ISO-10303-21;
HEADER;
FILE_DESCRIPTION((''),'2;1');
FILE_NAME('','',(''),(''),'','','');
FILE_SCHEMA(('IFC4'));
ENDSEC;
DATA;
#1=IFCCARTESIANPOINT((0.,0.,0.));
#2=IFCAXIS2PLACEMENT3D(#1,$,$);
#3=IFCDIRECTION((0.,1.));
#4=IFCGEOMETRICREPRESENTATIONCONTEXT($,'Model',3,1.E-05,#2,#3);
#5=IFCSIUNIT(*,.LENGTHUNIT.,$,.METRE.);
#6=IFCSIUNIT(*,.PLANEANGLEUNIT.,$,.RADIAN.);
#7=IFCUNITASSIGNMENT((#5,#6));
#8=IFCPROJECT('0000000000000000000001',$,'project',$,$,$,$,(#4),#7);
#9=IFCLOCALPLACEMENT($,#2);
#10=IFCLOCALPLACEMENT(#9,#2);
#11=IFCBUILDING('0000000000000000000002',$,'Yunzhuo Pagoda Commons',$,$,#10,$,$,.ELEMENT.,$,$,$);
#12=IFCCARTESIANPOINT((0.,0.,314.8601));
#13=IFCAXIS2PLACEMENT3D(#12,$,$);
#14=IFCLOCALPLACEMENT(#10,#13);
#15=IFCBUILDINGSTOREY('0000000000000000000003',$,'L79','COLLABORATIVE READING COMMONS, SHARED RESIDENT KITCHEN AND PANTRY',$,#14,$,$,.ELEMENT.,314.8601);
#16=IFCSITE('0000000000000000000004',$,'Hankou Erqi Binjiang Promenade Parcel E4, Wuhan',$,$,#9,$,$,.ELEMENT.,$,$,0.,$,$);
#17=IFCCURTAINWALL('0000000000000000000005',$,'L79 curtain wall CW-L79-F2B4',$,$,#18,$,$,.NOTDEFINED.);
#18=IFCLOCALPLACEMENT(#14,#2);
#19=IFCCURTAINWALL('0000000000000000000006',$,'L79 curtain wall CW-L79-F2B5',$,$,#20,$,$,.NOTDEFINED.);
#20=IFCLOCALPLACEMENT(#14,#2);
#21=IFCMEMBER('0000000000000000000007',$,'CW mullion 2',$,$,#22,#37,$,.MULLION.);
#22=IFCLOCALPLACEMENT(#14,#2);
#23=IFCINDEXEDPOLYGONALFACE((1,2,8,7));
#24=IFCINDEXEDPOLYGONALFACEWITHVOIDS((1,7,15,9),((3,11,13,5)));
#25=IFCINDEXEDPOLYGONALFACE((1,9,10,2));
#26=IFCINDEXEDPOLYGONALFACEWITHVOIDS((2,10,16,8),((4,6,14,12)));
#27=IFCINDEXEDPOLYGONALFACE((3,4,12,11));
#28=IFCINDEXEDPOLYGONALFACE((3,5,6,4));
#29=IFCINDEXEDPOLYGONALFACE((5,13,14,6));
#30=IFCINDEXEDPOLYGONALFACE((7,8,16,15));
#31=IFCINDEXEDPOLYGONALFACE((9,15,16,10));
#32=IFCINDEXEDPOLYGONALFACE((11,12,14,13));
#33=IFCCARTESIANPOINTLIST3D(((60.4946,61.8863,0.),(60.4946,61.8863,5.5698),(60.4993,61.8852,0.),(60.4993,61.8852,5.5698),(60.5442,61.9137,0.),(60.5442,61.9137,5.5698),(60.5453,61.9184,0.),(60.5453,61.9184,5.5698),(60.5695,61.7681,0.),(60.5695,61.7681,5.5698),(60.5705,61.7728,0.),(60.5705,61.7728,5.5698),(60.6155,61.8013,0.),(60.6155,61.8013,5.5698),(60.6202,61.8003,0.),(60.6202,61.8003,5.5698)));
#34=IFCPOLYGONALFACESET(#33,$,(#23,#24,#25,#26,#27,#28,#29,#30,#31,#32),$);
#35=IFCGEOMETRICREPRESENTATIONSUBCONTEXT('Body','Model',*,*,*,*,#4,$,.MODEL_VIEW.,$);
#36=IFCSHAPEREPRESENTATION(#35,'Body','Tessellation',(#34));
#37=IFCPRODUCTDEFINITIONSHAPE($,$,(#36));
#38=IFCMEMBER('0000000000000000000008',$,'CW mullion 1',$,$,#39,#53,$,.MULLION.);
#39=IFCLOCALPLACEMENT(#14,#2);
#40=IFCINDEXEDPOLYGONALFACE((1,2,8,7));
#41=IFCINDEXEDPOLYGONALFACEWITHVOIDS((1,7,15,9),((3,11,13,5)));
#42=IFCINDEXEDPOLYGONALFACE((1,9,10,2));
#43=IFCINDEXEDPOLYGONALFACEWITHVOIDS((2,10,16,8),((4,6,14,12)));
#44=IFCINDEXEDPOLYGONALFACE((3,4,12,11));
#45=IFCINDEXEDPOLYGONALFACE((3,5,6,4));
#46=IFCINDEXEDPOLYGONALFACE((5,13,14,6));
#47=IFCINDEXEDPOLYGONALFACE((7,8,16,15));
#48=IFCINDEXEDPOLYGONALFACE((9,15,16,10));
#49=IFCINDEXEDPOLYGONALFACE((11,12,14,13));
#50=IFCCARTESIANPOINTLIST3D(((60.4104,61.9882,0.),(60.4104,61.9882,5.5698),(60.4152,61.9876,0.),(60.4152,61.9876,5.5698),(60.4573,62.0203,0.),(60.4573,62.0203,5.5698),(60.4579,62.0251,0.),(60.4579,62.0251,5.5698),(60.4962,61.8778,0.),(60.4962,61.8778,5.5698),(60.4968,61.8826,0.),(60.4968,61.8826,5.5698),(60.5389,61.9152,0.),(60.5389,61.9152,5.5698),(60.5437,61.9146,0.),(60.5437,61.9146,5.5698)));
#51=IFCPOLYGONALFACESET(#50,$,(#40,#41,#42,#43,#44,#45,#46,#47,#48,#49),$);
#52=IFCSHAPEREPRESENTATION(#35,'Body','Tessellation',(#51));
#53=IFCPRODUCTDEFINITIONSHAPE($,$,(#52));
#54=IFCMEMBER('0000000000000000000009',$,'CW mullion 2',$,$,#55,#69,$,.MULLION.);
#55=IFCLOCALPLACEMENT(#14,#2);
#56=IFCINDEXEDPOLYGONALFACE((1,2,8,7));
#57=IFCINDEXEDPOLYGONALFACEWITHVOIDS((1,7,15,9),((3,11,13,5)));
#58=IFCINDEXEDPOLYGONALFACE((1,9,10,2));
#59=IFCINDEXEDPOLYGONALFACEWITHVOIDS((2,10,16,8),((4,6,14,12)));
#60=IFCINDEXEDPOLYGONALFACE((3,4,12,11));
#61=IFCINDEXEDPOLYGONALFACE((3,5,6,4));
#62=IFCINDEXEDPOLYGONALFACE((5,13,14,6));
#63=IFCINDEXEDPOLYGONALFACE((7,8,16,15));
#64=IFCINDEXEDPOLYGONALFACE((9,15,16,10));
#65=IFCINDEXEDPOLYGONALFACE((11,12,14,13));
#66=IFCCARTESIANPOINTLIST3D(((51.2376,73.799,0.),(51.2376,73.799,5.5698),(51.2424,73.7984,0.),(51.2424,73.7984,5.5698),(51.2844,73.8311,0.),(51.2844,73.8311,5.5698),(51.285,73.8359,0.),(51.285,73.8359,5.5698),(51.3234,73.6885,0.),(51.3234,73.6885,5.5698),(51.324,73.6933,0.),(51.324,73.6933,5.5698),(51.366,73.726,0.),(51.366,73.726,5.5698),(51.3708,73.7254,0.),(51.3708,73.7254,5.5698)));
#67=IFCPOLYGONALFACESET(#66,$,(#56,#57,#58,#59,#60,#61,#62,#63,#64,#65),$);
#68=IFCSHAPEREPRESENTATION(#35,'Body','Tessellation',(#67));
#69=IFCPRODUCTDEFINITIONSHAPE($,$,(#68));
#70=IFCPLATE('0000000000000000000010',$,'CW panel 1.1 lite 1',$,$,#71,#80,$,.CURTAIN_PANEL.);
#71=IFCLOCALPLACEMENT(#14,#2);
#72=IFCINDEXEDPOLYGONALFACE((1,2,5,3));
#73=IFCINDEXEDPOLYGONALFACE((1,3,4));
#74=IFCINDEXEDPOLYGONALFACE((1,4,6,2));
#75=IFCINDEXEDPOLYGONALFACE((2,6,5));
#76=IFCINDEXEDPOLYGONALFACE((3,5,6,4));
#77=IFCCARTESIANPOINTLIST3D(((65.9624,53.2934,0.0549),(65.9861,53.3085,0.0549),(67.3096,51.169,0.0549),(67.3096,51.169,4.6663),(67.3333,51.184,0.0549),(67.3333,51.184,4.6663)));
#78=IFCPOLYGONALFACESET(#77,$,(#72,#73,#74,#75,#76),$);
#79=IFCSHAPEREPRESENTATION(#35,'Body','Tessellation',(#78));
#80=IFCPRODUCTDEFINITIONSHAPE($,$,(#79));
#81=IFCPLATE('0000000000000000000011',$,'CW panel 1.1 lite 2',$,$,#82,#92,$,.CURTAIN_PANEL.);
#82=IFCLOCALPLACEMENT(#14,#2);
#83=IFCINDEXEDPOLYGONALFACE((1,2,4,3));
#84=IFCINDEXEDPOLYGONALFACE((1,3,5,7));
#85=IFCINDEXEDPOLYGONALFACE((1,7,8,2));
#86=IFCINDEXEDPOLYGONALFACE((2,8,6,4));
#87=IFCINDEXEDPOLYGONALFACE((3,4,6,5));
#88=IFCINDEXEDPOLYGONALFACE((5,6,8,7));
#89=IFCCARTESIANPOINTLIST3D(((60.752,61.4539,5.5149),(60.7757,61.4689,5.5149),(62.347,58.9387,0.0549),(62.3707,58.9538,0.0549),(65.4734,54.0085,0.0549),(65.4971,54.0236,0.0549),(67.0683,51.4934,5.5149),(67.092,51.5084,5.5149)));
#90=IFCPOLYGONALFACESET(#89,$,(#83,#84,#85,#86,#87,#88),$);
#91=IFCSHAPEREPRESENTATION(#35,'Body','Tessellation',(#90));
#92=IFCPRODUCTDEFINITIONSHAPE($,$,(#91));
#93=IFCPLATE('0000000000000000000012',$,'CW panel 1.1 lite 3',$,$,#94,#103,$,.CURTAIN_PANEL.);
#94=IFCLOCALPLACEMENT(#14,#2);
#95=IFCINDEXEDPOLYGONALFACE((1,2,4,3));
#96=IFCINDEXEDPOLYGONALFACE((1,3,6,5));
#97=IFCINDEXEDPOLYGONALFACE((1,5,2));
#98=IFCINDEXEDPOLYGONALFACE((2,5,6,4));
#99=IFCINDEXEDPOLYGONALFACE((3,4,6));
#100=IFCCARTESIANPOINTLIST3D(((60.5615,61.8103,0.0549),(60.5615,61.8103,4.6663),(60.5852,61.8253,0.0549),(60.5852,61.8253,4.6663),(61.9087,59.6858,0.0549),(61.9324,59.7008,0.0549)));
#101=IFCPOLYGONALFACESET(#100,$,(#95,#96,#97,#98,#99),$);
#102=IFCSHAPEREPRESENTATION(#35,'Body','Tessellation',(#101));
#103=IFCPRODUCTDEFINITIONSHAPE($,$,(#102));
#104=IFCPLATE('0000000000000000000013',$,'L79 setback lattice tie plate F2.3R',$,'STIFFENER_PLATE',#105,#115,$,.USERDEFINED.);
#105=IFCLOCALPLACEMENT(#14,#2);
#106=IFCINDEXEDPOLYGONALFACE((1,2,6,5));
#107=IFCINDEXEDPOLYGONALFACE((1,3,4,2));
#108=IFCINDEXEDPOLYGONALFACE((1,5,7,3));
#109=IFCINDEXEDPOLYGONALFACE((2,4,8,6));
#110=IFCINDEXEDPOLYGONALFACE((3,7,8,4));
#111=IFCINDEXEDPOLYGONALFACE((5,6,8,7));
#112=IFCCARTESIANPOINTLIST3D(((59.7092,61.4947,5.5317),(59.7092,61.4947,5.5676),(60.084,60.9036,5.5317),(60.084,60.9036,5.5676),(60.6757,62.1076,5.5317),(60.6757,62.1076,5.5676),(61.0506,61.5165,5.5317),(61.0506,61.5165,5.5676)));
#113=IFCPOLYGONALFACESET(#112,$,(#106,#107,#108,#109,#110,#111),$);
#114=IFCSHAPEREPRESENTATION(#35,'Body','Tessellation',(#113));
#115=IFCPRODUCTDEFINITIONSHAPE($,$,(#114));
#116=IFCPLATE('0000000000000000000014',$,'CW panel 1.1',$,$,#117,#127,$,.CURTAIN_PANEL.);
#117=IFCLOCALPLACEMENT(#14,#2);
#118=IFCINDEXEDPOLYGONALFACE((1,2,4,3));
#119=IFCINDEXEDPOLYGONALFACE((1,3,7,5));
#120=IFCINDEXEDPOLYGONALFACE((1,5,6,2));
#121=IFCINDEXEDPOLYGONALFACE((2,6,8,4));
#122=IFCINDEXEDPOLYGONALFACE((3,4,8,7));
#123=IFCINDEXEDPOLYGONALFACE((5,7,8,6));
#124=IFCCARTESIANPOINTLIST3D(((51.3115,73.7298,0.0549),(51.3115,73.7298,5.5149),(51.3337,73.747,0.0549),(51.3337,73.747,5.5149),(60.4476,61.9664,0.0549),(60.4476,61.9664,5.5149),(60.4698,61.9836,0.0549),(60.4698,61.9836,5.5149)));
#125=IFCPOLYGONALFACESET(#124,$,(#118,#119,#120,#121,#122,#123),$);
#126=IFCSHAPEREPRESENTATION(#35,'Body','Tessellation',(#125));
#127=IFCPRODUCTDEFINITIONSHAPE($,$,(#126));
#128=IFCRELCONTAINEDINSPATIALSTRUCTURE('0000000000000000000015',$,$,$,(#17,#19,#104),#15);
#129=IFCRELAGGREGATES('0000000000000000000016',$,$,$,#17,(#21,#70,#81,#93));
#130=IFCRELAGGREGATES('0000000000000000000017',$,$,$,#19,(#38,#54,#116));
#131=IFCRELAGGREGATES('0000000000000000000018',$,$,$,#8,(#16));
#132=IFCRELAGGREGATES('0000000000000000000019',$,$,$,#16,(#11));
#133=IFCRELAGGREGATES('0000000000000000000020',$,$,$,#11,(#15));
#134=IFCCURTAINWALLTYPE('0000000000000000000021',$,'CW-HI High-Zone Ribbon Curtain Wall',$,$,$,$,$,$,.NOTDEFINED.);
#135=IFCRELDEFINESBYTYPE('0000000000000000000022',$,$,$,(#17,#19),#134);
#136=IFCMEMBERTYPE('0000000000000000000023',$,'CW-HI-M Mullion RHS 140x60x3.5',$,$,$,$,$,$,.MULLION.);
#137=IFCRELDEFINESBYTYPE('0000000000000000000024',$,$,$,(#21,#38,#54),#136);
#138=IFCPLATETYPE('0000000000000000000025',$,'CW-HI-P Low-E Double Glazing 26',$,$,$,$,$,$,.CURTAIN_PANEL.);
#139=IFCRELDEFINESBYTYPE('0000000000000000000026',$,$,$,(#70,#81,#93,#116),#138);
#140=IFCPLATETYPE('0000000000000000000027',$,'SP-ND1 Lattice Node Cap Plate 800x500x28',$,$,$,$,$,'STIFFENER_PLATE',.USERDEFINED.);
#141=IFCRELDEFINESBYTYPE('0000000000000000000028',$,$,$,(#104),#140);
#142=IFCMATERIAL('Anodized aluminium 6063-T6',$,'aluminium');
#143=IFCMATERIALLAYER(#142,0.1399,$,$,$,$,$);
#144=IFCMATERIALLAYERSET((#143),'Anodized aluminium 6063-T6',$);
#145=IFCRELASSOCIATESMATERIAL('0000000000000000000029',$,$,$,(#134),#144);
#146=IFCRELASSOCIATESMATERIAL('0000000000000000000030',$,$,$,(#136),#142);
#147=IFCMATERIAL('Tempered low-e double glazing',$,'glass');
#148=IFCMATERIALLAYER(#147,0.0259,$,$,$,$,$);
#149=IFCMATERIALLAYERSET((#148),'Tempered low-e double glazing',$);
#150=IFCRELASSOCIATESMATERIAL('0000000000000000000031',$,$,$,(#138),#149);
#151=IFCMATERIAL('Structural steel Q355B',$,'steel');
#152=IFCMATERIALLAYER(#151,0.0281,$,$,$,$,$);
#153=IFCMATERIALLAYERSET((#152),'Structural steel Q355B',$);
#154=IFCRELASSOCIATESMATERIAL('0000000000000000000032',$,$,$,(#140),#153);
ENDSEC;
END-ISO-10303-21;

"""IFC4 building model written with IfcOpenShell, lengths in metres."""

from ifc_helpers import new_model, si_unit, direction, frame, origin, origin_2d, place, context, subcontext, project, spatial, polyline, rectangle, hollow_rectangle, outline, extrude, source, transform, mapped, material, layer, layer_set, material_profile, profile_set, type_object, element, aggregate, save


model = new_model("IFC4")

# Units and contexts
model_context = context("Model", 3, precision=1e-05, world=origin(), true_north=direction((0.0, 1.0)))
body_context = subcontext(model_context, "Body", "Model", "MODEL_VIEW")
ifc_project = project(units=[si_unit("LENGTHUNIT", "METRE"), si_unit("PLANEANGLEUNIT", "RADIAN")], contexts=[model_context])

# Site, building, storey
site_placement = place(None, origin())
site = spatial("IfcSite", under=ifc_project, at=site_placement, Name="Hankou Erqi Binjiang Promenade Parcel E4, Wuhan", CompositionType="ELEMENT", RefElevation=0.0)
building_placement = place(site_placement, origin())
building = spatial("IfcBuilding", under=site, at=building_placement, Name="Yunzhuo Pagoda Commons", CompositionType="ELEMENT")
storey_placement = place(building_placement, frame((0.0, 0.0, 314.8601)))
storey = spatial("IfcBuildingStorey", under=building, at=storey_placement, Name="L79", Description="COLLABORATIVE READING COMMONS, SHARED RESIDENT KITCHEN AND PANTRY", CompositionType="ELEMENT", Elevation=314.8601)

# Shared definitions
ifc_material_1 = material(Name="Structural steel Q355B", Category="steel")

# Curtain wall
ifc_material_2 = material(Name="Anodized aluminium 6063-T6", Category="aluminium")
ifc_layer_1 = layer(ifc_material_2, 0.1399)
ifc_layer_set_1 = layer_set([ifc_layer_1], Name="Anodized aluminium 6063-T6")
curtain_wall_type = type_object("IfcCurtainWallType", Name="CW-HI High-Zone Ribbon Curtain Wall", PredefinedType="NOTDEFINED", material=ifc_layer_set_1)
curtain_wall_1_placement = place(storey_placement, origin())
curtain_wall_1 = element("IfcCurtainWall", 1, at=curtain_wall_1_placement, inside=storey, type_object=curtain_wall_type, Name="L79 curtain wall CW-L79-F2B4", PredefinedType="NOTDEFINED")

# Curtain wall
curtain_wall_2_placement = place(storey_placement, origin())
curtain_wall_2 = element("IfcCurtainWall", 2, at=curtain_wall_2_placement, inside=storey, type_object=curtain_wall_type, Name="L79 curtain wall CW-L79-F2B5", PredefinedType="NOTDEFINED")

# Members
ifc_material_profile_1 = material_profile(ifc_material_2, hollow_rectangle(XDim=0.0601, YDim=0.1399, WallThickness=0.0034, at=origin_2d()), Name="Anodized aluminium 6063-T6")
ifc_profile_set_1 = profile_set([ifc_material_profile_1], Name="Anodized aluminium 6063-T6")
member_type_1 = type_object("IfcMemberType", Name="CW-HI-M Mullion RHS 140x60x3.5", PredefinedType="MULLION", material=ifc_profile_set_1)
shared_shape_1 = source(origin(), body_context, "Body", "SweptSolid", [
    extrude(hollow_rectangle(XDim=0.0601, YDim=0.1399, WallThickness=0.0034, at=origin_2d()), origin(), (0.0, 0.0, 1.0), 5.5698),
])
member_1_placement = place(storey_placement, frame((60.5574, 61.8433, 0.0), z_axis=(0.0, 0.0, 1.0), x_axis=(-0.844513, -0.535535, 0.0)))
member_1 = element("IfcMember", 3, at=member_1_placement, type_object=member_type_1, Name="CW mullion 2", PredefinedType="MULLION", context=body_context, shape_type="MappedRepresentation", body=[
    mapped(shared_shape_1, transform((0.0, 0.0, 0.0), scale=1.0)),
])
member_2_placement = place(storey_placement, frame((60.4771, 61.9514, 0.0), z_axis=(0.0, 0.0, 1.0), x_axis=(-0.789783, -0.613387, 0.0)))
member_2 = element("IfcMember", 4, at=member_2_placement, type_object=member_type_1, Name="CW mullion 1", PredefinedType="MULLION", context=body_context, shape_type="MappedRepresentation", body=[
    mapped(shared_shape_1, transform((0.0, 0.0, 0.0), scale=1.0)),
])
member_3_placement = place(storey_placement, frame((51.3042, 73.7622, 0.0), z_axis=(0.0, 0.0, 1.0), x_axis=(-0.789783, -0.613387, 0.0)))
member_3 = element("IfcMember", 5, at=member_3_placement, type_object=member_type_1, Name="CW mullion 2", PredefinedType="MULLION", context=body_context, shape_type="MappedRepresentation", body=[
    mapped(shared_shape_1, transform((0.0, 0.0, 0.0), scale=1.0)),
])

# Plates
ifc_material_3 = material(Name="Tempered low-e double glazing", Category="glass")
ifc_layer_2 = layer(ifc_material_3, 0.0259)
ifc_layer_set_2 = layer_set([ifc_layer_2], Name="Tempered low-e double glazing")
plate_type_1 = type_object("IfcPlateType", Name="CW-HI-P Low-E Double Glazing 26", PredefinedType="CURTAIN_PANEL", material=ifc_layer_set_2)
plate_1_placement = place(storey_placement, frame((66.636, 52.2312, 2.3606), z_axis=(0.844513, 0.535535, 0.0), x_axis=(-0.535535, 0.844513, 0.0)))
plate_1 = element("IfcPlate", 6, at=plate_1_placement, type_object=plate_type_1, Name="CW panel 1.1 lite 1", PredefinedType="CURTAIN_PANEL", context=body_context, shape_type="SweptSolid", body=[
    extrude(outline(polyline([(-1.2578, -2.3057), (1.2578, -2.3057), (-1.2578, 2.3057), (-1.2578, -2.3057)])), origin(), (0.0, 0.0, 1.0), 0.0281),
])
plate_2_placement = place(storey_placement, frame((63.9102, 56.4736, 2.7849), z_axis=(0.844513, 0.535535, 0.0), x_axis=(-0.535535, 0.844513, 0.0)))
plate_2 = element("IfcPlate", 7, at=plate_2_placement, type_object=plate_type_1, Name="CW panel 1.1 lite 2", PredefinedType="CURTAIN_PANEL", context=body_context, shape_type="SweptSolid", body=[
    extrude(outline(polyline([(-5.8972, 2.73), (-2.9189, -2.73), (2.9189, -2.73), (5.8972, 2.73), (-5.8972, 2.73)])), origin(), (0.0, 0.0, 1.0), 0.0281),
])
plate_3_placement = place(storey_placement, frame((61.2351, 60.748, 2.3606), z_axis=(0.844513, 0.535535, 0.0), x_axis=(-0.535535, 0.844513, 0.0)))
plate_3 = element("IfcPlate", 8, at=plate_3_placement, type_object=plate_type_1, Name="CW panel 1.1 lite 3", PredefinedType="CURTAIN_PANEL", context=body_context, shape_type="SweptSolid", body=[
    extrude(outline(polyline([(-1.2578, -2.3057), (1.2578, -2.3057), (1.2578, 2.3057), (-1.2578, -2.3057)])), origin(), (0.0, 0.0, 1.0), 0.0281),
])
aggregate(curtain_wall_1, [member_1, plate_1, plate_2, plate_3])
ifc_layer_3 = layer(ifc_material_1, 0.0281)
ifc_layer_set_3 = layer_set([ifc_layer_3], Name="Structural steel Q355B")
plate_type_2 = type_object("IfcPlateType", Name="SP-ND1 Lattice Node Cap Plate 800x500x28", ElementType="STIFFENER_PLATE", PredefinedType="USERDEFINED", material=ifc_layer_set_3)
shared_shape_2 = source(origin(), body_context, "Body", "SweptSolid", [
    extrude(rectangle(XDim=0.7, YDim=1.1445, at=origin_2d()), origin(), (0.0, 0.0, 1.0), 0.0359),
])
plate_4_placement = place(storey_placement, frame((60.3799, 61.5056, 5.5317), z_axis=(0.0, 0.0, 1.0), x_axis=(-0.535532, 0.844515, 0.0)))
element("IfcPlate", 9, at=plate_4_placement, inside=storey, type_object=plate_type_2, Name="L79 setback lattice tie plate F2.3R", ObjectType="STIFFENER_PLATE", PredefinedType="USERDEFINED", context=body_context, shape_type="MappedRepresentation", body=[
    mapped(shared_shape_2, transform((0.0, 0.0, 0.0), scale=1.0)),
])
shared_shape_3 = source(origin(), body_context, "Body", "SweptSolid", [
    extrude(rectangle(XDim=14.8945, YDim=0.0281, at=origin_2d()), origin(), (0.0, 0.0, 1.0), 5.46),
])
plate_5_placement = place(storey_placement, frame((55.8906, 67.8567, 0.0549), z_axis=(0.0, 0.0, 1.0), x_axis=(-0.613387, 0.789783, 0.0)))
plate_5 = element("IfcPlate", 10, at=plate_5_placement, type_object=plate_type_1, Name="CW panel 1.1", PredefinedType="CURTAIN_PANEL", context=body_context, shape_type="MappedRepresentation", body=[
    mapped(shared_shape_3, transform((0.0, 0.0, 0.0), scale=1.0)),
])
aggregate(curtain_wall_2, [member_2, member_3, plate_5])

save(model, "model.ifc")
